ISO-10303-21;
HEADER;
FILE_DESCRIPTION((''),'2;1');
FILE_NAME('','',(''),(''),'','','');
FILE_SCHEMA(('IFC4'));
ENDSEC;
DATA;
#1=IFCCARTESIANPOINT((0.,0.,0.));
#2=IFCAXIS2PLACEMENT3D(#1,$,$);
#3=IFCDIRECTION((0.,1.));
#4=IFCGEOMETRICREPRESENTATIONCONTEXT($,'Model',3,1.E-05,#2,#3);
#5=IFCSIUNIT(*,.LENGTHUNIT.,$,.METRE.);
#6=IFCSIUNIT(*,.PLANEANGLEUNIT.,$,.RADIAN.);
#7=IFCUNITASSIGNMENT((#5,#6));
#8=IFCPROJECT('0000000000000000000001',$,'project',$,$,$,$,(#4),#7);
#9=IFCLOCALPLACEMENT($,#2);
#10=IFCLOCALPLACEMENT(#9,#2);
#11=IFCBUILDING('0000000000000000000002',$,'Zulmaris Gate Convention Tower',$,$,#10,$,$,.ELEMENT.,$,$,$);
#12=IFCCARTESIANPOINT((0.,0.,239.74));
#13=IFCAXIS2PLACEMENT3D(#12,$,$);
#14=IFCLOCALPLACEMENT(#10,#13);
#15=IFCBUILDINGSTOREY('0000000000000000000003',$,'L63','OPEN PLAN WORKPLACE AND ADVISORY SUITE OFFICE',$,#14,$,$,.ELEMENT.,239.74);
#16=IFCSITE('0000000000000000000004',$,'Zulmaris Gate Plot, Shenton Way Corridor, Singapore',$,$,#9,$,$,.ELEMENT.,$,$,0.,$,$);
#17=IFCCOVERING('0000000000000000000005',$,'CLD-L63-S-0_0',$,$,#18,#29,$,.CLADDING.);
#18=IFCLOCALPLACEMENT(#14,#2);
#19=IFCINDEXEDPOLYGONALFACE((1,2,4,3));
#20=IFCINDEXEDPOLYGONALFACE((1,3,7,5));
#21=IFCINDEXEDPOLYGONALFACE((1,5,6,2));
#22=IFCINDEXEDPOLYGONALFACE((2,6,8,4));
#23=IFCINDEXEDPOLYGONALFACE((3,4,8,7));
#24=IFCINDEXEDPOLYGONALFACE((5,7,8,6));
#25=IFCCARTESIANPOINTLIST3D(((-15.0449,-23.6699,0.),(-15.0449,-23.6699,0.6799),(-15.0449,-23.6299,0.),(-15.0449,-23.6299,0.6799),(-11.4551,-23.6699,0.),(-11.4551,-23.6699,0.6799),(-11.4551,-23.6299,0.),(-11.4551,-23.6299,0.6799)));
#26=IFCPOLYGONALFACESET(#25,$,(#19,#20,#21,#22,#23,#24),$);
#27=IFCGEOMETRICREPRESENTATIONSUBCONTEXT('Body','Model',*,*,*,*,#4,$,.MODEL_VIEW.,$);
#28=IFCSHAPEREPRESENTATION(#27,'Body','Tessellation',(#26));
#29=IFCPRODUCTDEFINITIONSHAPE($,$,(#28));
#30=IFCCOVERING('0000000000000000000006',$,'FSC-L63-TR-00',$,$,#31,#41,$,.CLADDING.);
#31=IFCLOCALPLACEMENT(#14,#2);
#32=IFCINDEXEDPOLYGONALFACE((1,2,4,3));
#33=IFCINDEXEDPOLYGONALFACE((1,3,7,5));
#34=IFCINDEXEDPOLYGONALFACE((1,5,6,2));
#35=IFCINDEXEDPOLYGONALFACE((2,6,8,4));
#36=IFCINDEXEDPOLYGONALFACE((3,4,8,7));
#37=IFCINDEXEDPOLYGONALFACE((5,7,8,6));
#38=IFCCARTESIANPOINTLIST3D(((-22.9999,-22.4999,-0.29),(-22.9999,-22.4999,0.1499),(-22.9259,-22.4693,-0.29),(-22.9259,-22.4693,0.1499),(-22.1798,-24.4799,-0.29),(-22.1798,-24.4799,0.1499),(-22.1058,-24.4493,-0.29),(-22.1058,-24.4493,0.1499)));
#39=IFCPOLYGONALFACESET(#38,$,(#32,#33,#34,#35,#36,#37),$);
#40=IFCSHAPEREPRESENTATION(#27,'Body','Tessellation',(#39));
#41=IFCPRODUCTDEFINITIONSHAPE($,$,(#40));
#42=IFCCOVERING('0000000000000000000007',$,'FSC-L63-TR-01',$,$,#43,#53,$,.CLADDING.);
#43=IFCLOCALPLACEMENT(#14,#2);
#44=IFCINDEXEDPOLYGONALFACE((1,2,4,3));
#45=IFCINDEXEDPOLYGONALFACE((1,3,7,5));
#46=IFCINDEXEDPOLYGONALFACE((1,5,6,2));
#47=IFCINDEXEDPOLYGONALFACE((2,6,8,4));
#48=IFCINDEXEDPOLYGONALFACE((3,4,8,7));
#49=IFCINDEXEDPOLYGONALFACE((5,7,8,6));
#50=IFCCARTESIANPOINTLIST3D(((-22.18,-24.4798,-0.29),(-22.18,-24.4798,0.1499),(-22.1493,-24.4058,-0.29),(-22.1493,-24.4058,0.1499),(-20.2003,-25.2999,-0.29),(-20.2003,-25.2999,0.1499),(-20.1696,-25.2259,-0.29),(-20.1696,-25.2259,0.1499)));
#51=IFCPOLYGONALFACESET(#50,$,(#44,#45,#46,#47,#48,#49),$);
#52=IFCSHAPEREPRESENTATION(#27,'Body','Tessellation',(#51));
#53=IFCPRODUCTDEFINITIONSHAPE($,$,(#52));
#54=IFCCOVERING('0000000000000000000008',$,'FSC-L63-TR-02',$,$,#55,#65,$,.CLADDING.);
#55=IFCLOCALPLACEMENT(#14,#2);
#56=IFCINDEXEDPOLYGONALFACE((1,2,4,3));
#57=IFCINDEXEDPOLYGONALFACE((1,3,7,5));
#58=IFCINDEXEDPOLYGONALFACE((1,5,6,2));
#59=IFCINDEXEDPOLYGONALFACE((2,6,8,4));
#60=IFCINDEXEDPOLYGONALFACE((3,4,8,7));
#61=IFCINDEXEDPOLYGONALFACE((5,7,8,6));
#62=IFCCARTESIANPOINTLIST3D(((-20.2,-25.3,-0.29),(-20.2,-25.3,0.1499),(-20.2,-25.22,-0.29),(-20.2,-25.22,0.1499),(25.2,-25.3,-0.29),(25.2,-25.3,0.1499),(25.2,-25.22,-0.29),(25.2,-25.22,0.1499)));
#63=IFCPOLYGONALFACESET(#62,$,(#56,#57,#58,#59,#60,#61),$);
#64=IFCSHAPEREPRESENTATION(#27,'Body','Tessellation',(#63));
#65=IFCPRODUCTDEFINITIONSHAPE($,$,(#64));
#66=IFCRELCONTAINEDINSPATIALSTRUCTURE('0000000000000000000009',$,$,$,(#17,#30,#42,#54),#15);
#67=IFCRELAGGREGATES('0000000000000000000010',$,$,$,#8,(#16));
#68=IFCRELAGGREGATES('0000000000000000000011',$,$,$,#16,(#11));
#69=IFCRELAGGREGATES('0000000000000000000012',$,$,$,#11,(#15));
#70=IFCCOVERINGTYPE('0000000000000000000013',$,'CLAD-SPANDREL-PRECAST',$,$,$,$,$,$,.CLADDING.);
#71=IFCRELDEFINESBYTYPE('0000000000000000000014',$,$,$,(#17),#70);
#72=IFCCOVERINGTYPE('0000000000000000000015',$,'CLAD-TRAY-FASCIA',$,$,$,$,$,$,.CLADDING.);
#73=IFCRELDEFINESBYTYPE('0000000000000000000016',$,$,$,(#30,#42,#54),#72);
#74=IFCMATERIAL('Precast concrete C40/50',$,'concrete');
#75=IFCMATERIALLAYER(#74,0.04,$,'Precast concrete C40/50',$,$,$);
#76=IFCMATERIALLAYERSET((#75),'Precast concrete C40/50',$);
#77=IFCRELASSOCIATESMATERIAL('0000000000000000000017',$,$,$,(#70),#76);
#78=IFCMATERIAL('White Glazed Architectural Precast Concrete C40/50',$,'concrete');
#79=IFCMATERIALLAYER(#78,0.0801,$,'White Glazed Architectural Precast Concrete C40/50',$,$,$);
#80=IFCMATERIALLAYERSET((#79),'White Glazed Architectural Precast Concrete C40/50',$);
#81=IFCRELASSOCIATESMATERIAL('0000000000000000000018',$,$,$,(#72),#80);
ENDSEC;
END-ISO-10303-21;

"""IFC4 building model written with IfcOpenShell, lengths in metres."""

from ifc_helpers import new_model, si_unit, direction, frame, frame_2d, origin, place, context, subcontext, project, spatial, rectangle, extrude, material, layer, layer_set, type_object, element, save


model = new_model("IFC4")

# Units and contexts
model_context = context("Model", 3, precision=1e-05, world=origin(), true_north=direction((0.0, 1.0)))
body_context = subcontext(model_context, "Body", "Model", "MODEL_VIEW")
ifc_project = project(units=[si_unit("LENGTHUNIT", "METRE"), si_unit("PLANEANGLEUNIT", "RADIAN")], contexts=[model_context])

# Site, building, storey
site_placement = place(None, origin())
site = spatial("IfcSite", under=ifc_project, at=site_placement, Name="Zulmaris Gate Plot, Shenton Way Corridor, Singapore", CompositionType="ELEMENT", RefElevation=0.0)
building_placement = place(site_placement, origin())
building = spatial("IfcBuilding", under=site, at=building_placement, Name="Zulmaris Gate Convention Tower", CompositionType="ELEMENT")
storey_placement = place(building_placement, frame((0.0, 0.0, 239.74)))
storey = spatial("IfcBuildingStorey", under=building, at=storey_placement, Name="L63", Description="OPEN PLAN WORKPLACE AND ADVISORY SUITE OFFICE", CompositionType="ELEMENT", Elevation=239.74)

# Shared definitions
ifc_material_1 = material(Name="Precast concrete C40/50", Category="concrete")

# Coverings
ifc_layer_1 = layer(ifc_material_1, 0.04, Name="Precast concrete C40/50")
ifc_layer_set_1 = layer_set([ifc_layer_1], Name="Precast concrete C40/50")
covering_type_1 = type_object("IfcCoveringType", Name="CLAD-SPANDREL-PRECAST", PredefinedType="CLADDING", material=ifc_layer_set_1)
covering_1_placement = place(storey_placement, frame((-15.0449, -23.6499, 0.0), z_axis=(0.0, 0.0, 1.0), x_axis=(1.0, 0.0, 0.0)))
element("IfcCovering", 1, at=covering_1_placement, inside=storey, type_object=covering_type_1, Name="CLD-L63-S-0_0", PredefinedType="CLADDING", context=body_context, shape_type="SweptSolid", body=[
    extrude(rectangle(XDim=3.5898, YDim=0.04, at=frame_2d((1.7949, 0.0))), origin(), (0.0, 0.0, 1.0), 0.6799),
])
ifc_material_2 = material(Name="White Glazed Architectural Precast Concrete C40/50", Category="concrete")
ifc_layer_2 = layer(ifc_material_2, 0.0801, Name="White Glazed Architectural Precast Concrete C40/50")
ifc_layer_set_2 = layer_set([ifc_layer_2], Name="White Glazed Architectural Precast Concrete C40/50")
covering_type_2 = type_object("IfcCoveringType", Name="CLAD-TRAY-FASCIA", PredefinedType="CLADDING", material=ifc_layer_set_2)
covering_2_placement = place(storey_placement, frame((-22.9629, -22.4846, -0.29), z_axis=(0.0, 0.0, 1.0), x_axis=(0.382657, -0.92389, 0.0)))
element("IfcCovering", 2, at=covering_2_placement, inside=storey, type_object=covering_type_2, Name="FSC-L63-TR-00", PredefinedType="CLADDING", context=body_context, shape_type="SweptSolid", body=[
    extrude(rectangle(XDim=2.1431, YDim=0.0801, at=frame_2d((1.0715, 0.0))), origin(), (0.0, 0.0, 1.0), 0.4399),
])
covering_3_placement = place(storey_placement, frame((-22.1646, -24.4429, -0.29), z_axis=(0.0, 0.0, 1.0), x_axis=(0.923874, -0.382697, 0.0)))
element("IfcCovering", 3, at=covering_3_placement, inside=storey, type_object=covering_type_2, Name="FSC-L63-TR-01", PredefinedType="CLADDING", context=body_context, shape_type="SweptSolid", body=[
    extrude(rectangle(XDim=2.1428, YDim=0.0801, at=frame_2d((1.0713, 0.0))), origin(), (0.0, 0.0, 1.0), 0.4399),
])
covering_4_placement = place(storey_placement, frame((-20.2, -25.26, -0.29), z_axis=(0.0, 0.0, 1.0), x_axis=(1.0, 0.0, 0.0)))
element("IfcCovering", 4, at=covering_4_placement, inside=storey, type_object=covering_type_2, Name="FSC-L63-TR-02", PredefinedType="CLADDING", context=body_context, shape_type="SweptSolid", body=[
    extrude(rectangle(XDim=45.3999, YDim=0.0801, at=frame_2d((22.7, 0.0))), origin(), (0.0, 0.0, 1.0), 0.4399),
])

save(model, "model.ifc")
